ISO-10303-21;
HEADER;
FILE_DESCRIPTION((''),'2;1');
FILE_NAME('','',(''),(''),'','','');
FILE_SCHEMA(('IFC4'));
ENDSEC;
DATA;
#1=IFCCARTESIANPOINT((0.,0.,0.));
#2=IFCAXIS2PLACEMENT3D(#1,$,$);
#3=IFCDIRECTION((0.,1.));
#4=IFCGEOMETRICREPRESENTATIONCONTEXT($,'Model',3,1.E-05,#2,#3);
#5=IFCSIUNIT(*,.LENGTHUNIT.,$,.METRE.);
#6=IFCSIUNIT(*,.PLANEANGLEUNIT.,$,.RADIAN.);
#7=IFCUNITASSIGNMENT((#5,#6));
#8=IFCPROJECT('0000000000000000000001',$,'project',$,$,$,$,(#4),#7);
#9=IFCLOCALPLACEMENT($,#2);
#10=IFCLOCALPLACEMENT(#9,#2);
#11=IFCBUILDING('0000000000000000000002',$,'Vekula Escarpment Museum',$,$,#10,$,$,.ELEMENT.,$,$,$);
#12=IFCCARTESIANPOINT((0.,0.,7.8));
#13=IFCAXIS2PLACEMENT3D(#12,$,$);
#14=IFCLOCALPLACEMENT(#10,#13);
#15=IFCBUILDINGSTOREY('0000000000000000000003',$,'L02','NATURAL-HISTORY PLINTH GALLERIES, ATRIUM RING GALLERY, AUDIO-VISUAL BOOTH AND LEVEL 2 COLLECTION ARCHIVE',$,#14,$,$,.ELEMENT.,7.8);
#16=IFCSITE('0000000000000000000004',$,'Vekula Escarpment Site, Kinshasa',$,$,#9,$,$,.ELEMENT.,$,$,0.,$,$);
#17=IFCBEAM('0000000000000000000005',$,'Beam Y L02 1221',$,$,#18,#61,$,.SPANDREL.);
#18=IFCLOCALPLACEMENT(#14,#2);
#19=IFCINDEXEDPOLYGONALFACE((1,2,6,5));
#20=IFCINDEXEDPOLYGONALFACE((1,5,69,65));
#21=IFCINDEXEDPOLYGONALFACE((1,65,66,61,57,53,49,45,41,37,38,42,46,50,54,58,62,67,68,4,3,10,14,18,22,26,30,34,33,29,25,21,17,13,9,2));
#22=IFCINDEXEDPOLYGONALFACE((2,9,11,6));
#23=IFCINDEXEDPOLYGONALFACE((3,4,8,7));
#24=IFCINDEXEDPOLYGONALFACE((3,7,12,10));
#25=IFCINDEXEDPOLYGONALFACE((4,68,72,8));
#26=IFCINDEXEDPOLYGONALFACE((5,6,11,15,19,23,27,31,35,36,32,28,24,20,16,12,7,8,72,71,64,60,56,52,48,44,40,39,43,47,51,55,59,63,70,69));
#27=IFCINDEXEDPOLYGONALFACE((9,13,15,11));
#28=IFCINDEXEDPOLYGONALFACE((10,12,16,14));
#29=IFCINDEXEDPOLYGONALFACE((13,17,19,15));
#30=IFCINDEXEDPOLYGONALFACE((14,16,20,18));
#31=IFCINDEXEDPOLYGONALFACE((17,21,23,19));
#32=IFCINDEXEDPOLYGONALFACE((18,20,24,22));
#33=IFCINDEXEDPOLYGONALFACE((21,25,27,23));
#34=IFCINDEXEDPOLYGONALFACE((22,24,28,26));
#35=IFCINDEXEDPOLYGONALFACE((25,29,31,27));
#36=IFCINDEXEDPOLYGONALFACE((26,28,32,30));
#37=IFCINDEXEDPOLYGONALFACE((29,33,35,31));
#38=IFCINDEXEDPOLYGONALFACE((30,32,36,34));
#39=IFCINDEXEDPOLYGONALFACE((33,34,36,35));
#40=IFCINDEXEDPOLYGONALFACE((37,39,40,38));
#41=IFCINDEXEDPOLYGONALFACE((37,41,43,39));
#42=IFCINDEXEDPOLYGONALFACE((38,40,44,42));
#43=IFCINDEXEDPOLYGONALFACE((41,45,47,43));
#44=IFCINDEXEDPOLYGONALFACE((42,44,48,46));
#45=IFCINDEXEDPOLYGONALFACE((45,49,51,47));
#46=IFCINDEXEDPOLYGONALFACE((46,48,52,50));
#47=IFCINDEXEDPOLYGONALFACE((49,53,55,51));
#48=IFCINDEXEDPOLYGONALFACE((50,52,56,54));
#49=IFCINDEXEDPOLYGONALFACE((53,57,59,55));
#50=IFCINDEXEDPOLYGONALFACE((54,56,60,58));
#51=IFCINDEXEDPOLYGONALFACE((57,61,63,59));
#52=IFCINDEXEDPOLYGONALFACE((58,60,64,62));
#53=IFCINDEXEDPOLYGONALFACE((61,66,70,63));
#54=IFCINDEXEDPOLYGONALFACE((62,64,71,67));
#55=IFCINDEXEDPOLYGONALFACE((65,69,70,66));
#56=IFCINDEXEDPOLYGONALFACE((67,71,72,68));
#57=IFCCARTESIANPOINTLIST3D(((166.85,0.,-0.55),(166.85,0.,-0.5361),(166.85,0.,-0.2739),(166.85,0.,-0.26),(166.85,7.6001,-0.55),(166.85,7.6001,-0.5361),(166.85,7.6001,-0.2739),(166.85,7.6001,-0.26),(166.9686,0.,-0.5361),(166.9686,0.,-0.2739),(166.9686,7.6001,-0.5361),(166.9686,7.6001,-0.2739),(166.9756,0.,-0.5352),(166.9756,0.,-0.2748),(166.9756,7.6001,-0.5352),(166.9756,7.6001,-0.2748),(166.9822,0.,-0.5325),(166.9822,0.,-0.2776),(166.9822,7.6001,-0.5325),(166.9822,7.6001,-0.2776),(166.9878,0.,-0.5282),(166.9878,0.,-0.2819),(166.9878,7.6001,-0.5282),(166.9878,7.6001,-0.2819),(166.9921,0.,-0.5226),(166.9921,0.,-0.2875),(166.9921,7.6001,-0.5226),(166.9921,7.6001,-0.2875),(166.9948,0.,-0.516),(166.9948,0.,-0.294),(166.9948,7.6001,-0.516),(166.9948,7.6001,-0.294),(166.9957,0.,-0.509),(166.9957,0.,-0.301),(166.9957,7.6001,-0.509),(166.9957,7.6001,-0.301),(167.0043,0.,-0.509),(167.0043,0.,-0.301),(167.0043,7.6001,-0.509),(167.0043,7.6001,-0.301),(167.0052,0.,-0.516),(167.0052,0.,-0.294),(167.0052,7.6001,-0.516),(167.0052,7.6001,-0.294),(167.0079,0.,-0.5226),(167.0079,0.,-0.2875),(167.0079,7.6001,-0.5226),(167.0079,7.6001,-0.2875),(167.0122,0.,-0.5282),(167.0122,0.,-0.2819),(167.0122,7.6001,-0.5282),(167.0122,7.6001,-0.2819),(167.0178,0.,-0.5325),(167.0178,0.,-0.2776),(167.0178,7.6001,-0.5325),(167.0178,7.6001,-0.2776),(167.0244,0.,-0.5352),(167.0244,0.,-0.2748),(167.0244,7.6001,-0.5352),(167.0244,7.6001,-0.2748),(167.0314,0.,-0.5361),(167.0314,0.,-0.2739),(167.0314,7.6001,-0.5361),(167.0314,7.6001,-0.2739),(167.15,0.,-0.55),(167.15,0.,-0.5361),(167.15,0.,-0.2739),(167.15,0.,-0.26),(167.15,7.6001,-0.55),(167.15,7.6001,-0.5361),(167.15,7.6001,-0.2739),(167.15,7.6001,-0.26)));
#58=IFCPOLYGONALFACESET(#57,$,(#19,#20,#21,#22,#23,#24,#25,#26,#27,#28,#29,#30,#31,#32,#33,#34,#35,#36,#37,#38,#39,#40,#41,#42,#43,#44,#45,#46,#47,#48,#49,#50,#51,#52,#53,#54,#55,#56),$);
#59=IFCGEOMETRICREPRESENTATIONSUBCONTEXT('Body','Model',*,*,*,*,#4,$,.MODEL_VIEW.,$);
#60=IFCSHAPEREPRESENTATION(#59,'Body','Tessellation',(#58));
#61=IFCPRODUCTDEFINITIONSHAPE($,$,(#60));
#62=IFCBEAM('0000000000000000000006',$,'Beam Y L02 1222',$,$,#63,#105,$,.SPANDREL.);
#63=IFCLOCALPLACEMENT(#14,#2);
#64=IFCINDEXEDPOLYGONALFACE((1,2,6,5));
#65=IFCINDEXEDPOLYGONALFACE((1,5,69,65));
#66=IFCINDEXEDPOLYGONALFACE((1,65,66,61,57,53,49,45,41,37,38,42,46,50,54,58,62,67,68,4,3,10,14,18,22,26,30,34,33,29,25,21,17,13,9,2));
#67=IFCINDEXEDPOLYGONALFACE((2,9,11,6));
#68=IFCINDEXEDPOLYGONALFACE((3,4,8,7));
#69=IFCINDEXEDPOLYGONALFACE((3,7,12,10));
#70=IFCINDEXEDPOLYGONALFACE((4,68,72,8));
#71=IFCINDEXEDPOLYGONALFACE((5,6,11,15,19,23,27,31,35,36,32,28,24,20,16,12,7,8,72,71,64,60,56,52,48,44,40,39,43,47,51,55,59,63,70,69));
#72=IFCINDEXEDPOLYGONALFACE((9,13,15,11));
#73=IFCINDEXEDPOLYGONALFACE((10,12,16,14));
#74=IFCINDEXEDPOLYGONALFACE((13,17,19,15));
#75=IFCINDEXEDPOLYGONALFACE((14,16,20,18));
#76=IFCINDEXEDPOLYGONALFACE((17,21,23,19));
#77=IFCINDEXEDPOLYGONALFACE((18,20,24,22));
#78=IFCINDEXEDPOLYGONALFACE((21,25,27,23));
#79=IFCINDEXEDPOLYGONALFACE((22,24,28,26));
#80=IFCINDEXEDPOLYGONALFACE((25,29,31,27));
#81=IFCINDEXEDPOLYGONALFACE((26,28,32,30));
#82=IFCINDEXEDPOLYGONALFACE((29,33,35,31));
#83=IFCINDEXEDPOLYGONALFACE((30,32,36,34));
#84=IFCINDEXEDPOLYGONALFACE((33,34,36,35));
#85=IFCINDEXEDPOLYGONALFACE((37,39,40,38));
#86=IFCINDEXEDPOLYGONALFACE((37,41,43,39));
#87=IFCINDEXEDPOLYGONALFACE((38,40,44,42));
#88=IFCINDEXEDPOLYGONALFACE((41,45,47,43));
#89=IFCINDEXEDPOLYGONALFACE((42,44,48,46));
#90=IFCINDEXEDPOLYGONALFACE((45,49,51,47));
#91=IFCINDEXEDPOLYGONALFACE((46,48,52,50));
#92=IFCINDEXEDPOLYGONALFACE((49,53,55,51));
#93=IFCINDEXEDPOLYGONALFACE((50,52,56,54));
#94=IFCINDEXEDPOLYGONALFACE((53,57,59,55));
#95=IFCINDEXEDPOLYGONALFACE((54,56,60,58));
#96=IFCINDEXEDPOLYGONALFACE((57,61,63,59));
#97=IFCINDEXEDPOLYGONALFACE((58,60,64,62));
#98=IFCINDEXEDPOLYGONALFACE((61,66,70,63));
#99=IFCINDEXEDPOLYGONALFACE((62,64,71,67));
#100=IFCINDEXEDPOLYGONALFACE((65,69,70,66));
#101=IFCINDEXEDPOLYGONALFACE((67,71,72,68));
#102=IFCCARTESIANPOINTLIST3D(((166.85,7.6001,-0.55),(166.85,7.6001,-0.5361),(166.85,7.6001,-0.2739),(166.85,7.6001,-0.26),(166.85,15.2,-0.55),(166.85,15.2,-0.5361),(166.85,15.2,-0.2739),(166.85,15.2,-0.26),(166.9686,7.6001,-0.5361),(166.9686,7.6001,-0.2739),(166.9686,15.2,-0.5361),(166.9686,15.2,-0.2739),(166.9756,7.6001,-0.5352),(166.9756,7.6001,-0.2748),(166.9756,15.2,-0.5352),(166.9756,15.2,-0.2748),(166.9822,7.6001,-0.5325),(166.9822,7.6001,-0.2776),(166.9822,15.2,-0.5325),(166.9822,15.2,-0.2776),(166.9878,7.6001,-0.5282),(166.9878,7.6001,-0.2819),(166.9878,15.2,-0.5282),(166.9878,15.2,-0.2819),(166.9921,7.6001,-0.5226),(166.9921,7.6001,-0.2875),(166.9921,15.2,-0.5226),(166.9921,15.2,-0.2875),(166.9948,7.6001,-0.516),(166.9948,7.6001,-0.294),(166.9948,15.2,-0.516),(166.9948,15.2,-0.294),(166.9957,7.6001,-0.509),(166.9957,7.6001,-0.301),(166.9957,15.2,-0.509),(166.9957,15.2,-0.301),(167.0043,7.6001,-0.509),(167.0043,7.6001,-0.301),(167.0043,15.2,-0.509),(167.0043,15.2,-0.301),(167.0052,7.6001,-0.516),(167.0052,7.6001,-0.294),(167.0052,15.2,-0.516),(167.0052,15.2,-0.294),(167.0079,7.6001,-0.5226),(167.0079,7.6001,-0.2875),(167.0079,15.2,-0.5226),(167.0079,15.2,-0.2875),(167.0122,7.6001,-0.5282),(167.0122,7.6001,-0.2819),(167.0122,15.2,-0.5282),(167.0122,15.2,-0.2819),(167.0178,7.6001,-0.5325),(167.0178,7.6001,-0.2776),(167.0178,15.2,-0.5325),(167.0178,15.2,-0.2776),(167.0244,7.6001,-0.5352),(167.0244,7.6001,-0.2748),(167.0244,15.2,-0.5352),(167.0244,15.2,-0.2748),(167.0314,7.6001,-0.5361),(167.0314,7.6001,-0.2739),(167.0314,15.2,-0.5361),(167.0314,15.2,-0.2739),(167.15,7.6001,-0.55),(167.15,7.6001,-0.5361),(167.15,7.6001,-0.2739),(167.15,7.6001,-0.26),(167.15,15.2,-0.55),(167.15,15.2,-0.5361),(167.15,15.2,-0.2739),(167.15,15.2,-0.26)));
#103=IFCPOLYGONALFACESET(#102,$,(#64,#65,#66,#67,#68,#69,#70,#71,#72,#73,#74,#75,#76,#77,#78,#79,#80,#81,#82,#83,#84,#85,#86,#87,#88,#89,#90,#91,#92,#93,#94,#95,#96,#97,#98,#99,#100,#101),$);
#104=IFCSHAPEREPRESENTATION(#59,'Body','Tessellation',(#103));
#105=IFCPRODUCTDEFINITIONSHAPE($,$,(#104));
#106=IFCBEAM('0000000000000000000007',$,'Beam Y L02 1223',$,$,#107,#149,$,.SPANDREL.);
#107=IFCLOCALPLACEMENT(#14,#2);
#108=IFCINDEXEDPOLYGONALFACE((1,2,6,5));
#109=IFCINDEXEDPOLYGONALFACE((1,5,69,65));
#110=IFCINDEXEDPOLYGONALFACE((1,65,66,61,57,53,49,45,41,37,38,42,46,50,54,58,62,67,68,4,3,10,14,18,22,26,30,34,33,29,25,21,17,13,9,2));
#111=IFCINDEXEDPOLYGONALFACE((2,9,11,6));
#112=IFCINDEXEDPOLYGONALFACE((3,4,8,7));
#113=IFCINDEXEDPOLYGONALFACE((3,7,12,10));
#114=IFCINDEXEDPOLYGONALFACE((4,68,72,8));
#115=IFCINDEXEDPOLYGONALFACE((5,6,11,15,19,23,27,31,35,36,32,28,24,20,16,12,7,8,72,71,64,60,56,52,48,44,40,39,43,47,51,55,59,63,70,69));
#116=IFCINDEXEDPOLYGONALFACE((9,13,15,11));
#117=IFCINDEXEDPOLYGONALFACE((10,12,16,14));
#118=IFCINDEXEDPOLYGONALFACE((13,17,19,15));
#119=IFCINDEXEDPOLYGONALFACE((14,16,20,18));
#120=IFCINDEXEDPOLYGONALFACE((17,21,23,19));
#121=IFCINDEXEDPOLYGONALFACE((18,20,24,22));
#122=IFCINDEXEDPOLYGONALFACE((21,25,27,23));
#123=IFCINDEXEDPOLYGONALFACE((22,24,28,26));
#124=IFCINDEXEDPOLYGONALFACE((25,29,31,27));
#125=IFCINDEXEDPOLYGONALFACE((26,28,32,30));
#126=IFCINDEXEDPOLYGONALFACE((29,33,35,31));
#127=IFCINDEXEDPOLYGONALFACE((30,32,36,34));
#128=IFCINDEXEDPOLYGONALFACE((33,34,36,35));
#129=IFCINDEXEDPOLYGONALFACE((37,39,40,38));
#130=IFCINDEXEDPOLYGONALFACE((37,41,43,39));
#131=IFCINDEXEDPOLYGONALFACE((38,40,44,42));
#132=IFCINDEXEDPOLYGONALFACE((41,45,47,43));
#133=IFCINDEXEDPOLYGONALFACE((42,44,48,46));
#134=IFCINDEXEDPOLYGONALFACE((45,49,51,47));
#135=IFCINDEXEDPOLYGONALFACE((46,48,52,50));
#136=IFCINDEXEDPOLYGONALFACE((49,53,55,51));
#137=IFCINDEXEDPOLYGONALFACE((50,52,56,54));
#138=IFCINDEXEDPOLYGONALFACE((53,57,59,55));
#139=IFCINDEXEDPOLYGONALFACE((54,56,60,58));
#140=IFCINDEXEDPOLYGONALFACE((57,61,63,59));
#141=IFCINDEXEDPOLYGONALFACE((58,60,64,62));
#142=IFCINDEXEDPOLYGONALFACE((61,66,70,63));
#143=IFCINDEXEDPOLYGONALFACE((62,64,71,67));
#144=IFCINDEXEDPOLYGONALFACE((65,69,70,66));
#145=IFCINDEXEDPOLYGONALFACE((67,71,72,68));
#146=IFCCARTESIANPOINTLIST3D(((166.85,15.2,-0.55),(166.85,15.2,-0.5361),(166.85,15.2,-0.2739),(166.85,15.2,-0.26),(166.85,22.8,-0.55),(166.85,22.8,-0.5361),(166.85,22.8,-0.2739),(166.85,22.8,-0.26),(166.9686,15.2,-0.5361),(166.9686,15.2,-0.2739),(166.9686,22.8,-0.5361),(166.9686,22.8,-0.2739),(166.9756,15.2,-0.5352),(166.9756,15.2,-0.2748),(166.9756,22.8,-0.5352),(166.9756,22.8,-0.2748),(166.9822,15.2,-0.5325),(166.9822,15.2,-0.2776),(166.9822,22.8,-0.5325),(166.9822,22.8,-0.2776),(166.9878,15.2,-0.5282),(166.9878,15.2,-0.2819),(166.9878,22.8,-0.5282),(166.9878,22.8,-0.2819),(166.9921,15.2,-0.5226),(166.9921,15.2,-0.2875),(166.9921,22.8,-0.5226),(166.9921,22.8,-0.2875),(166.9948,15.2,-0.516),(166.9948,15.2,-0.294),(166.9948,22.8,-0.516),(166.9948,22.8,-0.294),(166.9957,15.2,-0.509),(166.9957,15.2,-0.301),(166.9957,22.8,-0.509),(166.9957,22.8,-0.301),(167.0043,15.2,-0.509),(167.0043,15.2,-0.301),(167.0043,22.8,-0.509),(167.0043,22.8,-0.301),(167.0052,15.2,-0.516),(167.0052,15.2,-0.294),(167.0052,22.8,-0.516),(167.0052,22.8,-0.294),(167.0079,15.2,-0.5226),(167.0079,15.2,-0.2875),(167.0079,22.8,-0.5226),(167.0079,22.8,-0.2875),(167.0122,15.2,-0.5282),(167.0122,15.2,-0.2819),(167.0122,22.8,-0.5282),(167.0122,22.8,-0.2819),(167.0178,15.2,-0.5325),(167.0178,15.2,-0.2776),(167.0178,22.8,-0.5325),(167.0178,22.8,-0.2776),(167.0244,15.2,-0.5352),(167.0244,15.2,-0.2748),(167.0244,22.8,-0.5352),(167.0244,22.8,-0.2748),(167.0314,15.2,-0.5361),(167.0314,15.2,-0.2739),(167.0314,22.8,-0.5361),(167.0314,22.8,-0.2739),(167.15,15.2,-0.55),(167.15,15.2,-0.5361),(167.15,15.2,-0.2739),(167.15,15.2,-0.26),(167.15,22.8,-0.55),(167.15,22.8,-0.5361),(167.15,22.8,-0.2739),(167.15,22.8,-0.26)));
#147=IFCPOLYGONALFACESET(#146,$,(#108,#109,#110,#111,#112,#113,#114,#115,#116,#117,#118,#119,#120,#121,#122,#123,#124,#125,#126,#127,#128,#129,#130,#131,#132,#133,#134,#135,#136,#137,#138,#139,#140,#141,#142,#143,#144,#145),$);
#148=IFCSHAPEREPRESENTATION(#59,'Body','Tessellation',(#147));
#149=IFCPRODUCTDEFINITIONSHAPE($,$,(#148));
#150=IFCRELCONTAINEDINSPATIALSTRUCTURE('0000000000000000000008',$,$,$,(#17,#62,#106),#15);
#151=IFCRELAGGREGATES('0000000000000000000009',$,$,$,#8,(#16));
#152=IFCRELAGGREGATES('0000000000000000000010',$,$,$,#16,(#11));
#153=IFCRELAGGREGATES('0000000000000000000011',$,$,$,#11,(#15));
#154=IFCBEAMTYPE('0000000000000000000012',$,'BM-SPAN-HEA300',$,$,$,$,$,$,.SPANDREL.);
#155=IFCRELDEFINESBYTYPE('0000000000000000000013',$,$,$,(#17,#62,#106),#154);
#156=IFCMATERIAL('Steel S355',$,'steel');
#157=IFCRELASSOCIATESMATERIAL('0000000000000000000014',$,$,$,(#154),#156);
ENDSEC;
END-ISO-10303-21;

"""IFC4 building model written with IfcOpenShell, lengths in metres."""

from ifc_helpers import new_model, si_unit, direction, frame, origin, origin_2d, place, context, subcontext, project, spatial, i_section, extrude, material, material_profile, profile_set, type_object, element, save


model = new_model("IFC4")

# Units and contexts
model_context = context("Model", 3, precision=1e-05, world=origin(), true_north=direction((0.0, 1.0)))
body_context = subcontext(model_context, "Body", "Model", "MODEL_VIEW")
ifc_project = project(units=[si_unit("LENGTHUNIT", "METRE"), si_unit("PLANEANGLEUNIT", "RADIAN")], contexts=[model_context])

# Site, building, storey
site_placement = place(None, origin())
site = spatial("IfcSite", under=ifc_project, at=site_placement, Name="Vekula Escarpment Site, Kinshasa", CompositionType="ELEMENT", RefElevation=0.0)
building_placement = place(site_placement, origin())
building = spatial("IfcBuilding", under=site, at=building_placement, Name="Vekula Escarpment Museum", CompositionType="ELEMENT")
storey_placement = place(building_placement, frame((0.0, 0.0, 7.8)))
storey = spatial("IfcBuildingStorey", under=building, at=storey_placement, Name="L02", Description="NATURAL-HISTORY PLINTH GALLERIES, ATRIUM RING GALLERY, AUDIO-VISUAL BOOTH AND LEVEL 2 COLLECTION ARCHIVE", CompositionType="ELEMENT", Elevation=7.8)

# Beams
ifc_material_1 = material(Name="Steel S355", Category="steel")
ifc_material_profile_1 = material_profile(ifc_material_1, i_section(OverallWidth=0.3, OverallDepth=0.29, WebThickness=0.0085, FlangeThickness=0.0139, FilletRadius=0.0271, at=origin_2d()), Name="HEA 300")
ifc_profile_set_1 = profile_set([ifc_material_profile_1], Name="Steel S355")
beam_type_1 = type_object("IfcBeamType", Name="BM-SPAN-HEA300", PredefinedType="SPANDREL", material=ifc_profile_set_1)
beam_1_placement = place(storey_placement, frame((167.0, 0.0, -0.405), z_axis=(0.0, 1.0, 0.0), x_axis=(-1.0, 0.0, 0.0)))
element("IfcBeam", 1, at=beam_1_placement, inside=storey, type_object=beam_type_1, Name="Beam Y L02 1221", PredefinedType="SPANDREL", context=body_context, shape_type="SweptSolid", body=[
    extrude(i_section(OverallWidth=0.3, OverallDepth=0.29, WebThickness=0.0085, FlangeThickness=0.0139, FilletRadius=0.0271, at=origin_2d()), origin(), (0.0, 0.0, 1.0), 7.6001),
])
beam_2_placement = place(storey_placement, frame((167.0, 7.6001, -0.405), z_axis=(0.0, 1.0, 0.0), x_axis=(-1.0, 0.0, 0.0)))
element("IfcBeam", 2, at=beam_2_placement, inside=storey, type_object=beam_type_1, Name="Beam Y L02 1222", PredefinedType="SPANDREL", context=body_context, shape_type="SweptSolid", body=[
    extrude(i_section(OverallWidth=0.3, OverallDepth=0.29, WebThickness=0.0085, FlangeThickness=0.0139, FilletRadius=0.0271, at=origin_2d()), origin(), (0.0, 0.0, 1.0), 7.5999),
])
beam_3_placement = place(storey_placement, frame((167.0, 15.2, -0.405), z_axis=(0.0, 1.0, 0.0), x_axis=(-1.0, 0.0, 0.0)))
element("IfcBeam", 3, at=beam_3_placement, inside=storey, type_object=beam_type_1, Name="Beam Y L02 1223", PredefinedType="SPANDREL", context=body_context, shape_type="SweptSolid", body=[
    extrude(i_section(OverallWidth=0.3, OverallDepth=0.29, WebThickness=0.0085, FlangeThickness=0.0139, FilletRadius=0.0271, at=origin_2d()), origin(), (0.0, 0.0, 1.0), 7.6001),
])

save(model, "model.ifc")
